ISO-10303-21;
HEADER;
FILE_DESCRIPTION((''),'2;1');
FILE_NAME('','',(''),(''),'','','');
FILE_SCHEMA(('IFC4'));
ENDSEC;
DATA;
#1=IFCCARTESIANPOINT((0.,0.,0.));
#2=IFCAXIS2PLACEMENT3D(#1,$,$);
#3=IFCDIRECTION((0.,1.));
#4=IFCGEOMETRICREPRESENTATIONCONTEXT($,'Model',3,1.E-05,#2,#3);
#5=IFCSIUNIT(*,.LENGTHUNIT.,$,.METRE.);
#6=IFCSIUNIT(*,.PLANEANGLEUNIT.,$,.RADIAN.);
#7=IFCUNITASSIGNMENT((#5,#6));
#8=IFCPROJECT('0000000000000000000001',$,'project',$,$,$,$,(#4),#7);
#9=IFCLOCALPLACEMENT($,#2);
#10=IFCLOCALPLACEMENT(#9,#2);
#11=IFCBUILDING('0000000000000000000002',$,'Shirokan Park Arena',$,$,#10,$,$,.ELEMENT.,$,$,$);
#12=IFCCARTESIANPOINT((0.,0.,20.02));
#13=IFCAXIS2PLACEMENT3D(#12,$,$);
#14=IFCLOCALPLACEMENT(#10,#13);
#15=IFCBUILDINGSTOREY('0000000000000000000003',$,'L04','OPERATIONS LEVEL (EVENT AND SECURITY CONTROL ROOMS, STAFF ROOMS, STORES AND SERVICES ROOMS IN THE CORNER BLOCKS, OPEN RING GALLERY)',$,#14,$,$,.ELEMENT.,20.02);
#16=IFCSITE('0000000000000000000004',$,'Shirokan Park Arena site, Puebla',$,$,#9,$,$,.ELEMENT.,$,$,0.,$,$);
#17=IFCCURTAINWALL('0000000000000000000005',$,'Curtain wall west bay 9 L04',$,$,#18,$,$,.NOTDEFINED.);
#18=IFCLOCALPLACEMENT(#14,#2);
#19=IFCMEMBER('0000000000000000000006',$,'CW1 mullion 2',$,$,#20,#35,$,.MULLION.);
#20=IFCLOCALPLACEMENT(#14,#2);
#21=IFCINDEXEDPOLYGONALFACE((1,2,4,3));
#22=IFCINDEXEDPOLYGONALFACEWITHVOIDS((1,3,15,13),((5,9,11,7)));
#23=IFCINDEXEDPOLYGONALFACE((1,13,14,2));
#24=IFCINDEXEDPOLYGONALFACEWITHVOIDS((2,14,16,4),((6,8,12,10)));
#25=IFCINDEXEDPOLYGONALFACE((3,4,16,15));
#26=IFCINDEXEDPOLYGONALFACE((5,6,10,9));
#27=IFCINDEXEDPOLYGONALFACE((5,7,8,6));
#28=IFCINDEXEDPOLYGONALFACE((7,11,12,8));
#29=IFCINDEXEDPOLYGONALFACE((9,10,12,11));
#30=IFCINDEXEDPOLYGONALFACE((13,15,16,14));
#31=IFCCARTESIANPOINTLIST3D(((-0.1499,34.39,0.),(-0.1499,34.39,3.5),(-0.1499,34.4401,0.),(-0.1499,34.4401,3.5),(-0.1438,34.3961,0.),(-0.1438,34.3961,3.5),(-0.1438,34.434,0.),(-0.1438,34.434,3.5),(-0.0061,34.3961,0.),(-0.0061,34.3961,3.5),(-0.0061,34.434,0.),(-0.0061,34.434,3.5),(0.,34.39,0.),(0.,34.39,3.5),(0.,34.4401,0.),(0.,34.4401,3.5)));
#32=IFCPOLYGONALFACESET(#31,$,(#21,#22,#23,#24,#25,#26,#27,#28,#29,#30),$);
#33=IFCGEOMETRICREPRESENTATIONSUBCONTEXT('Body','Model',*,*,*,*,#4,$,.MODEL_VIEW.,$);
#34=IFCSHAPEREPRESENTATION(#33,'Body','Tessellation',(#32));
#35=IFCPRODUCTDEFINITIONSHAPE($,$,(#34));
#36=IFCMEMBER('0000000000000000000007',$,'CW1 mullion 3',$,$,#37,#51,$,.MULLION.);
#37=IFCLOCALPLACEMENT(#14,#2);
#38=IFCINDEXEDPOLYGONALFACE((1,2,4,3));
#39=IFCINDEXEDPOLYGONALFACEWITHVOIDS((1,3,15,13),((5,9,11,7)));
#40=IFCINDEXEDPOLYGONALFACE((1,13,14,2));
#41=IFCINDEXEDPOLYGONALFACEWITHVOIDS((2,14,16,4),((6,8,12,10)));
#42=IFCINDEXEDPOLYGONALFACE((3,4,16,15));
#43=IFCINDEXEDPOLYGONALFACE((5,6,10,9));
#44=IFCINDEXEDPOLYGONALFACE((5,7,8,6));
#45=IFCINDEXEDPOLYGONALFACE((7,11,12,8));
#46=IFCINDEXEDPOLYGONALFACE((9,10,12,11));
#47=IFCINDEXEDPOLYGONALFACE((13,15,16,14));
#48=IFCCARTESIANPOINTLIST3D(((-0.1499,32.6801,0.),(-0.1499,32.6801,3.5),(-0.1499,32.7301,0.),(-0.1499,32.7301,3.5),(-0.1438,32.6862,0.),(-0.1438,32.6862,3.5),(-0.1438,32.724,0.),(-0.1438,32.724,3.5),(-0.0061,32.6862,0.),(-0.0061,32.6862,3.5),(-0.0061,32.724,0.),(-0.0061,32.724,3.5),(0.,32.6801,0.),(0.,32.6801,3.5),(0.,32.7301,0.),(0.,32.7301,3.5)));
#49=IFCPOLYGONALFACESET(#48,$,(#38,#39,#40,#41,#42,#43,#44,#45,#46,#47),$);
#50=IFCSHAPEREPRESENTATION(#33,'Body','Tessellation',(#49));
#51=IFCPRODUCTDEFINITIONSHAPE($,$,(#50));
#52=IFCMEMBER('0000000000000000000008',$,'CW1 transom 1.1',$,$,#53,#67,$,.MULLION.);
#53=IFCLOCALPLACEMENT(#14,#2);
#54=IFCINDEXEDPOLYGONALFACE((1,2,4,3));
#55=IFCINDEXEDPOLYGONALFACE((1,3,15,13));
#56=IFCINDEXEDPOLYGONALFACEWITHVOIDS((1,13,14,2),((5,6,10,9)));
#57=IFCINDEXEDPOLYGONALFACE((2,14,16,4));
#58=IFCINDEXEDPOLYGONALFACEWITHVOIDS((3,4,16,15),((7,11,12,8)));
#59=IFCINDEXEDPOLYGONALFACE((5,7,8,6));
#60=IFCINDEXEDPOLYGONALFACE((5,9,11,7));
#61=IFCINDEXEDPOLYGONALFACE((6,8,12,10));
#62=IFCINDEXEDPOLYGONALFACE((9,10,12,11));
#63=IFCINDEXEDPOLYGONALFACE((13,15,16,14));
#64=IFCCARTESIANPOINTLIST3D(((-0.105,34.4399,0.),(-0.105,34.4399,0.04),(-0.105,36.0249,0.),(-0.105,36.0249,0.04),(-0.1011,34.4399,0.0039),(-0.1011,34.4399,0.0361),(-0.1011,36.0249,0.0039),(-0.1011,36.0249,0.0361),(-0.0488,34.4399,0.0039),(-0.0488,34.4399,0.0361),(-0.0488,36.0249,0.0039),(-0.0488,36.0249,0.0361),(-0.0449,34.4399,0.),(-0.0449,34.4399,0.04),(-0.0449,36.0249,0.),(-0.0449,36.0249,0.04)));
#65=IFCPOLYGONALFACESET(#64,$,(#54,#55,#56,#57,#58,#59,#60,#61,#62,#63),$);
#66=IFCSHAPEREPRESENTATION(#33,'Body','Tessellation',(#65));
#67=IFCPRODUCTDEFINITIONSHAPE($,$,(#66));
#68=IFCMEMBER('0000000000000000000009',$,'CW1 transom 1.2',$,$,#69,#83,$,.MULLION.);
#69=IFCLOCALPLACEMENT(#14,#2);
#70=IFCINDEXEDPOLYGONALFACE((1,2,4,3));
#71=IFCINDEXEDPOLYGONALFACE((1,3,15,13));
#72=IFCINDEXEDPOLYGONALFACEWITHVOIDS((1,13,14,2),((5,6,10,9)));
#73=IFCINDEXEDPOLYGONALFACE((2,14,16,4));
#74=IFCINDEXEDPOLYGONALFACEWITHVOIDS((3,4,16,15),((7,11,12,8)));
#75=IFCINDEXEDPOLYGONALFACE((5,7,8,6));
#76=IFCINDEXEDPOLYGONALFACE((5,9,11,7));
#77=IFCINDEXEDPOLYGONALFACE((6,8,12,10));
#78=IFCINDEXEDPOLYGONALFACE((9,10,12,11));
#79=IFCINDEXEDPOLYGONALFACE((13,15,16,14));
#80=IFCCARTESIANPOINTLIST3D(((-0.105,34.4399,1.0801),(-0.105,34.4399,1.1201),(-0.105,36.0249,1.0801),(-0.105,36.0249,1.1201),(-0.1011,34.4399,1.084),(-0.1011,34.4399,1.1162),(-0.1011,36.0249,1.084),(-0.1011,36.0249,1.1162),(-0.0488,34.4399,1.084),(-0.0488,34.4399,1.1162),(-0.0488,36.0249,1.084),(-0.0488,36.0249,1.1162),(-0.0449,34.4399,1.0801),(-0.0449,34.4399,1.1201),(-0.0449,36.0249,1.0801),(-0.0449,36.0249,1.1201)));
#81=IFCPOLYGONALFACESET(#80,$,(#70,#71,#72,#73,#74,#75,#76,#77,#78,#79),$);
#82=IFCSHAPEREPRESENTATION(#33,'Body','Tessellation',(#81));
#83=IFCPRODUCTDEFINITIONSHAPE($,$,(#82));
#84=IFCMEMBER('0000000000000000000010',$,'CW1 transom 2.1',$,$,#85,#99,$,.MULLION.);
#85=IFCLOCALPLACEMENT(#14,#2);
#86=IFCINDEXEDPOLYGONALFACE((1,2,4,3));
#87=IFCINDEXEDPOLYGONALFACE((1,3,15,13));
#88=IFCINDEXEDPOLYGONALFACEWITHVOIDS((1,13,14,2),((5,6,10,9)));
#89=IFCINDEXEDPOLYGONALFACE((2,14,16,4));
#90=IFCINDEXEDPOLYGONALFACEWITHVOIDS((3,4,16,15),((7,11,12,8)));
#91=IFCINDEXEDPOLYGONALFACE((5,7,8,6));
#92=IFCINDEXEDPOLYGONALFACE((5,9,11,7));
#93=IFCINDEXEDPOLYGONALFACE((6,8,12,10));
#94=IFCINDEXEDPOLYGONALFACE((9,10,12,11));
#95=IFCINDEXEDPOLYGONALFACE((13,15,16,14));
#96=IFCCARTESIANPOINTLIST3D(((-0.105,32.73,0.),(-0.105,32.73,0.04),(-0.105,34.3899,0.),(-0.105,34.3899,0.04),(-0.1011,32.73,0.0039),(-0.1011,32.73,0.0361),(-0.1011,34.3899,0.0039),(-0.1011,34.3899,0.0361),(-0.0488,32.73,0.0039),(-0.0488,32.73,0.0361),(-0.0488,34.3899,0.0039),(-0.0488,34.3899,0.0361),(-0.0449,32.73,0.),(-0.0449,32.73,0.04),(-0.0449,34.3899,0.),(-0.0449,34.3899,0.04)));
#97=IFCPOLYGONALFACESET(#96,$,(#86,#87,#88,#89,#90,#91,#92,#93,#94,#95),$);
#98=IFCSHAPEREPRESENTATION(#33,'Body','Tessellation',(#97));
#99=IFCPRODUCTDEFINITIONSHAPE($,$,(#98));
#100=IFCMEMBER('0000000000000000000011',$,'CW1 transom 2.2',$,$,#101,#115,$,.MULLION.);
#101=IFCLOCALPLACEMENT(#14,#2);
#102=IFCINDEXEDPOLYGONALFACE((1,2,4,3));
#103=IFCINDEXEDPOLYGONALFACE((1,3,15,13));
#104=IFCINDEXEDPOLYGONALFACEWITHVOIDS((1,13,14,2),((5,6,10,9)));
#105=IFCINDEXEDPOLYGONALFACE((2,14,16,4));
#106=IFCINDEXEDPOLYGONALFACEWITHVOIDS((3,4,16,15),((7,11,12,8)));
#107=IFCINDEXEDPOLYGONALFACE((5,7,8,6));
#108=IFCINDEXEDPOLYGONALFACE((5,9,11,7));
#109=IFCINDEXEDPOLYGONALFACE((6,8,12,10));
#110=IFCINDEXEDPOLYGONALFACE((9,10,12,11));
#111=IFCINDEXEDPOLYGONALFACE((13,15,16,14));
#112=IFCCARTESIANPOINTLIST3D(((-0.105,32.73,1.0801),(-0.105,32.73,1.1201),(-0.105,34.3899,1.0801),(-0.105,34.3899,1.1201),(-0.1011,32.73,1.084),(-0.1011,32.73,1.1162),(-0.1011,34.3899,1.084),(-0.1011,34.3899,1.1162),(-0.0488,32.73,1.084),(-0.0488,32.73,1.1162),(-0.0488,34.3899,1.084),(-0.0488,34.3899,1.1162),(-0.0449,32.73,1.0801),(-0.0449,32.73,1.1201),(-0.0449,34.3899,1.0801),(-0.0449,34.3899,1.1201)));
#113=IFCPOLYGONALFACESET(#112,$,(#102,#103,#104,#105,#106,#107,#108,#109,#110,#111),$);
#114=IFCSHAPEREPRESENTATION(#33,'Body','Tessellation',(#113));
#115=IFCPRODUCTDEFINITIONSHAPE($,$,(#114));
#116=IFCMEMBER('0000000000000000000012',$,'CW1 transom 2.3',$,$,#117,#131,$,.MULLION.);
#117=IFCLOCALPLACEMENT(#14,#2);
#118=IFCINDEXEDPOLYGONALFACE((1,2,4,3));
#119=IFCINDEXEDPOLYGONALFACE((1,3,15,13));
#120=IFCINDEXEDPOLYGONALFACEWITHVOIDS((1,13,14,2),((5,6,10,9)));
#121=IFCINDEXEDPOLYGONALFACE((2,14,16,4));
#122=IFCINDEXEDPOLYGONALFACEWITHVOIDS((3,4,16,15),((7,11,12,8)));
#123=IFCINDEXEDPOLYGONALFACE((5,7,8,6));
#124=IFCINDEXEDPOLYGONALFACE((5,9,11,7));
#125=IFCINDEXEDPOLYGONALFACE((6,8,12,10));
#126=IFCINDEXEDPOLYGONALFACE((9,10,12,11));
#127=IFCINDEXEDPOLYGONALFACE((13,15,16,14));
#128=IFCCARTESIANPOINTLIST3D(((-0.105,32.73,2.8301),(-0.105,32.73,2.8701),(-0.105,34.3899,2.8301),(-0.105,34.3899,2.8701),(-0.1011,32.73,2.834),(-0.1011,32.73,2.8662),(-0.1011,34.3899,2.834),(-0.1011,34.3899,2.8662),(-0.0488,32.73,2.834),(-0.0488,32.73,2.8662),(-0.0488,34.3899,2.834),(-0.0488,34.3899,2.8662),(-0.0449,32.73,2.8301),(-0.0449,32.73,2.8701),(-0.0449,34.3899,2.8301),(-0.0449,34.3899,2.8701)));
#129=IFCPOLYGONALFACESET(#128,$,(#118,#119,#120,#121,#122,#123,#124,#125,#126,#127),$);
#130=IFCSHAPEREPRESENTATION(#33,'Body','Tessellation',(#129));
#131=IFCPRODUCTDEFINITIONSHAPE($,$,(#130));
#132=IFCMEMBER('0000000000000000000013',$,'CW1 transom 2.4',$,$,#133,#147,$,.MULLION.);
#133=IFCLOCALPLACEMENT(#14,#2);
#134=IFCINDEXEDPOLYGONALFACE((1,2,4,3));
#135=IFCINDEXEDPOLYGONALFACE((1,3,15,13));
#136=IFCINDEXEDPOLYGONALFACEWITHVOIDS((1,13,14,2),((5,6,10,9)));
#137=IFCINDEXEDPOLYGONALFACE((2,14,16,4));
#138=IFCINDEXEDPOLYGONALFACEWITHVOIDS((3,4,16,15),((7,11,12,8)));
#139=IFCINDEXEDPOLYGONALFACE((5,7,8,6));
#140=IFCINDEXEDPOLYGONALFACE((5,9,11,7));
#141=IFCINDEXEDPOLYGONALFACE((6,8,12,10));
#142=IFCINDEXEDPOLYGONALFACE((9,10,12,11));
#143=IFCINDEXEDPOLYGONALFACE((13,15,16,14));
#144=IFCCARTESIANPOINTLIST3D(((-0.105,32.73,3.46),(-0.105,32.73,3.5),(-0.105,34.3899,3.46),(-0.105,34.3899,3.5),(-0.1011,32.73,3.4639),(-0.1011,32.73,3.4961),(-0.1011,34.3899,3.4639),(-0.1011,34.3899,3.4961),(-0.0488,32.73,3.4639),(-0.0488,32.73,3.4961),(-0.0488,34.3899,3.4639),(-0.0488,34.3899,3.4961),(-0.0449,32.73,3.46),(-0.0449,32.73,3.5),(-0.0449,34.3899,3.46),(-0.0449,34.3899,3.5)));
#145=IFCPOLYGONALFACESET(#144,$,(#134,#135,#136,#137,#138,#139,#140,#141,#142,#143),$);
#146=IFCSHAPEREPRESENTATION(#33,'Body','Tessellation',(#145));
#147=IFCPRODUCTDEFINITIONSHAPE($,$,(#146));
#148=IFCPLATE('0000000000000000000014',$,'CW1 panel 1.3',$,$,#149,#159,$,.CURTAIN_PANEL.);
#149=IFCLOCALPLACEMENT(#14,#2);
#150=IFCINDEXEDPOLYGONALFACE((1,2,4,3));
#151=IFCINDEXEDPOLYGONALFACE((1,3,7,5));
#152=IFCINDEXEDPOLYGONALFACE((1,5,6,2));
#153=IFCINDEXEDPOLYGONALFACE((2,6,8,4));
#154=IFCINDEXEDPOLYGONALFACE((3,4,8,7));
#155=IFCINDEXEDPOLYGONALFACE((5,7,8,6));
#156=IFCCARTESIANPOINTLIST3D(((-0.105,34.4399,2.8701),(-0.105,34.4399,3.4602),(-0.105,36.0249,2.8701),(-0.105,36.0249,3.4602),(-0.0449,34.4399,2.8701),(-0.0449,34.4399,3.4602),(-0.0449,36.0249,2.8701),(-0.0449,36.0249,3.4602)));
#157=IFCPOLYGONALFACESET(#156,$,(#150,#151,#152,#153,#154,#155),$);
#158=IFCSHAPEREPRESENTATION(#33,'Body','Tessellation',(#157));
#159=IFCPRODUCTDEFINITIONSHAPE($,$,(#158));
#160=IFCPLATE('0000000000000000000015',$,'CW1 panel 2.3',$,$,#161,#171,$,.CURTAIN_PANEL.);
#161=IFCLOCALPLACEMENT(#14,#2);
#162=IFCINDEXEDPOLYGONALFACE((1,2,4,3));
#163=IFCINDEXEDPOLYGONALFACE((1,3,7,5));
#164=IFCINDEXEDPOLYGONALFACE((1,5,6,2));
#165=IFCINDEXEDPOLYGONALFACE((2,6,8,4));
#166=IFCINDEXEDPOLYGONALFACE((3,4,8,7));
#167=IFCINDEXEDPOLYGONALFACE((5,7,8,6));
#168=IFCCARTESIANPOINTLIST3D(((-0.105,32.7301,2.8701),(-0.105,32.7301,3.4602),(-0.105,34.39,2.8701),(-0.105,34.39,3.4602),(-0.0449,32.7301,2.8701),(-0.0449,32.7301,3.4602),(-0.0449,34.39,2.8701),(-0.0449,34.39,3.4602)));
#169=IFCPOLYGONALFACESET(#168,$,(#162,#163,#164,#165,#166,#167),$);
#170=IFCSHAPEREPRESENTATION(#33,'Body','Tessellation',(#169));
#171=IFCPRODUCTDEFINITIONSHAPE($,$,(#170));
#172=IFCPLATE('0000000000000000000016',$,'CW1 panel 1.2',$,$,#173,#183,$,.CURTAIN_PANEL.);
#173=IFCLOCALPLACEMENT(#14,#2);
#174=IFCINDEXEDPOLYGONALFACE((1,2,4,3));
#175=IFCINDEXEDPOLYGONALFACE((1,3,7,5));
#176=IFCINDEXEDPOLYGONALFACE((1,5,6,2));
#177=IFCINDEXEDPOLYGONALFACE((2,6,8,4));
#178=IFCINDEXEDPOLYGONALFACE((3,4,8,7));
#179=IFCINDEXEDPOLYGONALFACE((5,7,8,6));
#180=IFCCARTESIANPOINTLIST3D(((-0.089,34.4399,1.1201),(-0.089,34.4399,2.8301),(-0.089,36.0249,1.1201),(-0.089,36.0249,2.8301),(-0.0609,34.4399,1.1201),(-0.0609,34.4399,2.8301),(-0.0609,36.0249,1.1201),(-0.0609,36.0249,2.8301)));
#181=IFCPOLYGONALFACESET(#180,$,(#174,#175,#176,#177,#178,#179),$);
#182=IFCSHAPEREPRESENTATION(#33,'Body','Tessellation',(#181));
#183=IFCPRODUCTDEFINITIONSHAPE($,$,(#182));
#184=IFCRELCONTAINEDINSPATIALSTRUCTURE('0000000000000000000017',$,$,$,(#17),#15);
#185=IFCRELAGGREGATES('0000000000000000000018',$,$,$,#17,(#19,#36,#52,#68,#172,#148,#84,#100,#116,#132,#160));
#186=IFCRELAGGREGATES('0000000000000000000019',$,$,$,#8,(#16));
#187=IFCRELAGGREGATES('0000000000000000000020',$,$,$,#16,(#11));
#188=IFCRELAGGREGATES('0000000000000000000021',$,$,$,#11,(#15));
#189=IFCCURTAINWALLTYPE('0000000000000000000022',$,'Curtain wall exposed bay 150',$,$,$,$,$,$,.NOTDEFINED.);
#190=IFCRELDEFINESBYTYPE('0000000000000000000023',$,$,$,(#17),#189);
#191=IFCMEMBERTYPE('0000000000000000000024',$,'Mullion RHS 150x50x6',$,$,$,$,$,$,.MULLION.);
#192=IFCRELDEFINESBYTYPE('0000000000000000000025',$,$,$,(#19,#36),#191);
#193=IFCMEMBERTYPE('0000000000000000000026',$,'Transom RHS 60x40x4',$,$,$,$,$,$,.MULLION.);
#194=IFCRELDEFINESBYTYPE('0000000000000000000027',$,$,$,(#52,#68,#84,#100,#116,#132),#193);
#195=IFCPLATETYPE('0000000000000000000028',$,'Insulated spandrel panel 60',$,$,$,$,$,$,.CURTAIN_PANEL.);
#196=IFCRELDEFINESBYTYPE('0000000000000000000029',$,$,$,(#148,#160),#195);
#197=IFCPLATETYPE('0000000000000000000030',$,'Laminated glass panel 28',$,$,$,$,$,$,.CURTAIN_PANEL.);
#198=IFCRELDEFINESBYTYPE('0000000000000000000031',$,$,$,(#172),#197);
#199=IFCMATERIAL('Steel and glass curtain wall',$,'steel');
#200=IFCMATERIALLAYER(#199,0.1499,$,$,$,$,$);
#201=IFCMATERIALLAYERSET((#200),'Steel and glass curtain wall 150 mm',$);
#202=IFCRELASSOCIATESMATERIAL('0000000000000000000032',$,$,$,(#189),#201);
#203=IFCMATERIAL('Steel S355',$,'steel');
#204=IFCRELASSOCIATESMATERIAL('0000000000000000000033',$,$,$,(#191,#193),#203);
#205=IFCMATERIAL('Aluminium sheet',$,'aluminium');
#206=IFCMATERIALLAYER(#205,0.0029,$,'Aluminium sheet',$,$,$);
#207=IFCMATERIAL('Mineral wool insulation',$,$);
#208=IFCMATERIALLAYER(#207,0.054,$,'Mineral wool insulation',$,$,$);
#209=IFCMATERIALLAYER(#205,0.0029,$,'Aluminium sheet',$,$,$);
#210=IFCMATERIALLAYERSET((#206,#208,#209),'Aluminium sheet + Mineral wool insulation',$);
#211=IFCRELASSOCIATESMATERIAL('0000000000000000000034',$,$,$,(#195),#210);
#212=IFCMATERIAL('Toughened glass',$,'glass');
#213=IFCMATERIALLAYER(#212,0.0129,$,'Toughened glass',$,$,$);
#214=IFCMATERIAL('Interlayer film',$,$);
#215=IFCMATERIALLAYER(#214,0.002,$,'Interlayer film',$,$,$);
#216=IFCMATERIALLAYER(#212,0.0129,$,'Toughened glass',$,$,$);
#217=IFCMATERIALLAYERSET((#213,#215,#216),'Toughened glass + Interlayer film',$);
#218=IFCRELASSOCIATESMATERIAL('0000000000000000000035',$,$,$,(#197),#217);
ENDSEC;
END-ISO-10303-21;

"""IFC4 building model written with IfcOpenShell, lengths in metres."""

from ifc_helpers import new_model, si_unit, direction, frame, origin, origin_2d, place, context, subcontext, project, spatial, rectangle, hollow_rectangle, extrude, material, layer, layer_set, material_profile, profile_set, type_object, element, aggregate, save


model = new_model("IFC4")

# Units and contexts
model_context = context("Model", 3, precision=1e-05, world=origin(), true_north=direction((0.0, 1.0)))
body_context = subcontext(model_context, "Body", "Model", "MODEL_VIEW")
ifc_project = project(units=[si_unit("LENGTHUNIT", "METRE"), si_unit("PLANEANGLEUNIT", "RADIAN")], contexts=[model_context])

# Site, building, storey
site_placement = place(None, origin())
site = spatial("IfcSite", under=ifc_project, at=site_placement, Name="Shirokan Park Arena site, Puebla", CompositionType="ELEMENT", RefElevation=0.0)
building_placement = place(site_placement, origin())
building = spatial("IfcBuilding", under=site, at=building_placement, Name="Shirokan Park Arena", CompositionType="ELEMENT")
storey_placement = place(building_placement, frame((0.0, 0.0, 20.02)))
storey = spatial("IfcBuildingStorey", under=building, at=storey_placement, Name="L04", Description="OPERATIONS LEVEL (EVENT AND SECURITY CONTROL ROOMS, STAFF ROOMS, STORES AND SERVICES ROOMS IN THE CORNER BLOCKS, OPEN RING GALLERY)", CompositionType="ELEMENT", Elevation=20.02)

# Curtain wall, members, plates
ifc_material_1 = material(Name="Steel and glass curtain wall", Category="steel")
ifc_layer_1 = layer(ifc_material_1, 0.1499)
ifc_layer_set_1 = layer_set([ifc_layer_1], Name="Steel and glass curtain wall 150 mm")
curtain_wall_type = type_object("IfcCurtainWallType", Name="Curtain wall exposed bay 150", PredefinedType="NOTDEFINED", material=ifc_layer_set_1)
curtain_wall_placement = place(storey_placement, origin())
curtain_wall = element("IfcCurtainWall", 1, at=curtain_wall_placement, inside=storey, type_object=curtain_wall_type, Name="Curtain wall west bay 9 L04", PredefinedType="NOTDEFINED")
ifc_material_2 = material(Name="Steel S355", Category="steel")
ifc_material_profile_1 = material_profile(ifc_material_2, hollow_rectangle(XDim=0.1499, YDim=0.05, WallThickness=0.0061, at=origin_2d()), Name="RHS 150x50x6")
ifc_profile_set_1 = profile_set([ifc_material_profile_1], Name="Steel S355")
member_type_1 = type_object("IfcMemberType", Name="Mullion RHS 150x50x6", PredefinedType="MULLION", material=ifc_profile_set_1)
member_1_placement = place(storey_placement, frame((-0.075, 34.415, 0.0), z_axis=(0.0, 0.0, 1.0), x_axis=(1.0, 0.0, 0.0)))
member_1 = element("IfcMember", 2, at=member_1_placement, type_object=member_type_1, Name="CW1 mullion 2", PredefinedType="MULLION", context=body_context, shape_type="SweptSolid", body=[
    extrude(hollow_rectangle(XDim=0.1499, YDim=0.05, WallThickness=0.0061, at=origin_2d()), origin(), (0.0, 0.0, 1.0), 3.5),
])
member_2_placement = place(storey_placement, frame((-0.075, 32.7051, 0.0), z_axis=(0.0, 0.0, 1.0), x_axis=(1.0, 0.0, 0.0)))
member_2 = element("IfcMember", 3, at=member_2_placement, type_object=member_type_1, Name="CW1 mullion 3", PredefinedType="MULLION", context=body_context, shape_type="SweptSolid", body=[
    extrude(hollow_rectangle(XDim=0.1499, YDim=0.05, WallThickness=0.0061, at=origin_2d()), origin(), (0.0, 0.0, 1.0), 3.5),
])
ifc_material_profile_2 = material_profile(ifc_material_2, hollow_rectangle(XDim=0.0601, YDim=0.04, WallThickness=0.0039, at=origin_2d()), Name="RHS 60x40x4")
ifc_profile_set_2 = profile_set([ifc_material_profile_2], Name="Steel S355")
member_type_2 = type_object("IfcMemberType", Name="Transom RHS 60x40x4", PredefinedType="MULLION", material=ifc_profile_set_2)
member_3_placement = place(storey_placement, frame((-0.075, 36.0249, 0.02), z_axis=(0.0, -1.0, 0.0), x_axis=(1.0, 0.0, 0.0)))
member_3 = element("IfcMember", 4, at=member_3_placement, type_object=member_type_2, Name="CW1 transom 1.1", PredefinedType="MULLION", context=body_context, shape_type="SweptSolid", body=[
    extrude(hollow_rectangle(XDim=0.0601, YDim=0.04, WallThickness=0.0039, at=origin_2d()), origin(), (0.0, 0.0, 1.0), 1.585),
])
member_4_placement = place(storey_placement, frame((-0.075, 36.0249, 1.1001), z_axis=(0.0, -1.0, 0.0), x_axis=(1.0, 0.0, 0.0)))
member_4 = element("IfcMember", 5, at=member_4_placement, type_object=member_type_2, Name="CW1 transom 1.2", PredefinedType="MULLION", context=body_context, shape_type="SweptSolid", body=[
    extrude(hollow_rectangle(XDim=0.0601, YDim=0.04, WallThickness=0.0039, at=origin_2d()), origin(), (0.0, 0.0, 1.0), 1.585),
])
member_5_placement = place(storey_placement, frame((-0.075, 34.3899, 0.02), z_axis=(0.0, -1.0, 0.0), x_axis=(1.0, 0.0, 0.0)))
member_5 = element("IfcMember", 6, at=member_5_placement, type_object=member_type_2, Name="CW1 transom 2.1", PredefinedType="MULLION", context=body_context, shape_type="SweptSolid", body=[
    extrude(hollow_rectangle(XDim=0.0601, YDim=0.04, WallThickness=0.0039, at=origin_2d()), origin(), (0.0, 0.0, 1.0), 1.6599),
])
member_6_placement = place(storey_placement, frame((-0.075, 34.3899, 1.1001), z_axis=(0.0, -1.0, 0.0), x_axis=(1.0, 0.0, 0.0)))
member_6 = element("IfcMember", 7, at=member_6_placement, type_object=member_type_2, Name="CW1 transom 2.2", PredefinedType="MULLION", context=body_context, shape_type="SweptSolid", body=[
    extrude(hollow_rectangle(XDim=0.0601, YDim=0.04, WallThickness=0.0039, at=origin_2d()), origin(), (0.0, 0.0, 1.0), 1.6599),
])
member_7_placement = place(storey_placement, frame((-0.075, 34.3899, 2.8501), z_axis=(0.0, -1.0, 0.0), x_axis=(1.0, 0.0, 0.0)))
member_7 = element("IfcMember", 8, at=member_7_placement, type_object=member_type_2, Name="CW1 transom 2.3", PredefinedType="MULLION", context=body_context, shape_type="SweptSolid", body=[
    extrude(hollow_rectangle(XDim=0.0601, YDim=0.04, WallThickness=0.0039, at=origin_2d()), origin(), (0.0, 0.0, 1.0), 1.6599),
])
member_8_placement = place(storey_placement, frame((-0.075, 34.3899, 3.48), z_axis=(0.0, -1.0, 0.0), x_axis=(1.0, 0.0, 0.0)))
member_8 = element("IfcMember", 9, at=member_8_placement, type_object=member_type_2, Name="CW1 transom 2.4", PredefinedType="MULLION", context=body_context, shape_type="SweptSolid", body=[
    extrude(hollow_rectangle(XDim=0.0601, YDim=0.04, WallThickness=0.0039, at=origin_2d()), origin(), (0.0, 0.0, 1.0), 1.6599),
])
ifc_material_3 = material(Name="Aluminium sheet", Category="aluminium")
ifc_layer_2 = layer(ifc_material_3, 0.0029, Name="Aluminium sheet")
ifc_material_4 = material(Name="Mineral wool insulation")
ifc_layer_3 = layer(ifc_material_4, 0.054, Name="Mineral wool insulation")
ifc_layer_4 = layer(ifc_material_3, 0.0029, Name="Aluminium sheet")
ifc_layer_set_2 = layer_set([ifc_layer_2, ifc_layer_3, ifc_layer_4], Name="Aluminium sheet + Mineral wool insulation")
plate_type_1 = type_object("IfcPlateType", Name="Insulated spandrel panel 60", PredefinedType="CURTAIN_PANEL", material=ifc_layer_set_2)
plate_1_placement = place(storey_placement, frame((-0.075, 35.2324, 2.8701), z_axis=(0.0, 0.0, 1.0), x_axis=(0.0, -1.0, 0.0)))
plate_1 = element("IfcPlate", 10, at=plate_1_placement, type_object=plate_type_1, Name="CW1 panel 1.3", PredefinedType="CURTAIN_PANEL", context=body_context, shape_type="SweptSolid", body=[
    extrude(rectangle(XDim=1.585, YDim=0.0601, at=origin_2d()), origin(), (0.0, 0.0, 1.0), 0.5901),
])
plate_2_placement = place(storey_placement, frame((-0.075, 33.5601, 2.8701), z_axis=(0.0, 0.0, 1.0), x_axis=(0.0, -1.0, 0.0)))
plate_2 = element("IfcPlate", 11, at=plate_2_placement, type_object=plate_type_1, Name="CW1 panel 2.3", PredefinedType="CURTAIN_PANEL", context=body_context, shape_type="SweptSolid", body=[
    extrude(rectangle(XDim=1.6599, YDim=0.0601, at=origin_2d()), origin(), (0.0, 0.0, 1.0), 0.5901),
])
ifc_material_5 = material(Name="Toughened glass", Category="glass")
ifc_layer_5 = layer(ifc_material_5, 0.0129, Name="Toughened glass")
ifc_material_6 = material(Name="Interlayer film")
ifc_layer_6 = layer(ifc_material_6, 0.002, Name="Interlayer film")
ifc_layer_7 = layer(ifc_material_5, 0.0129, Name="Toughened glass")
ifc_layer_set_3 = layer_set([ifc_layer_5, ifc_layer_6, ifc_layer_7], Name="Toughened glass + Interlayer film")
plate_type_2 = type_object("IfcPlateType", Name="Laminated glass panel 28", PredefinedType="CURTAIN_PANEL", material=ifc_layer_set_3)
plate_3_placement = place(storey_placement, frame((-0.075, 35.2324, 1.1201), z_axis=(0.0, 0.0, 1.0), x_axis=(0.0, -1.0, 0.0)))
plate_3 = element("IfcPlate", 12, at=plate_3_placement, type_object=plate_type_2, Name="CW1 panel 1.2", PredefinedType="CURTAIN_PANEL", context=body_context, shape_type="SweptSolid", body=[
    extrude(rectangle(XDim=1.585, YDim=0.0281, at=origin_2d()), origin(), (0.0, 0.0, 1.0), 1.71),
])
aggregate(curtain_wall, [member_1, member_2, member_3, member_4, plate_3, plate_1, member_5, member_6, member_7, member_8, plate_2])

save(model, "model.ifc")
